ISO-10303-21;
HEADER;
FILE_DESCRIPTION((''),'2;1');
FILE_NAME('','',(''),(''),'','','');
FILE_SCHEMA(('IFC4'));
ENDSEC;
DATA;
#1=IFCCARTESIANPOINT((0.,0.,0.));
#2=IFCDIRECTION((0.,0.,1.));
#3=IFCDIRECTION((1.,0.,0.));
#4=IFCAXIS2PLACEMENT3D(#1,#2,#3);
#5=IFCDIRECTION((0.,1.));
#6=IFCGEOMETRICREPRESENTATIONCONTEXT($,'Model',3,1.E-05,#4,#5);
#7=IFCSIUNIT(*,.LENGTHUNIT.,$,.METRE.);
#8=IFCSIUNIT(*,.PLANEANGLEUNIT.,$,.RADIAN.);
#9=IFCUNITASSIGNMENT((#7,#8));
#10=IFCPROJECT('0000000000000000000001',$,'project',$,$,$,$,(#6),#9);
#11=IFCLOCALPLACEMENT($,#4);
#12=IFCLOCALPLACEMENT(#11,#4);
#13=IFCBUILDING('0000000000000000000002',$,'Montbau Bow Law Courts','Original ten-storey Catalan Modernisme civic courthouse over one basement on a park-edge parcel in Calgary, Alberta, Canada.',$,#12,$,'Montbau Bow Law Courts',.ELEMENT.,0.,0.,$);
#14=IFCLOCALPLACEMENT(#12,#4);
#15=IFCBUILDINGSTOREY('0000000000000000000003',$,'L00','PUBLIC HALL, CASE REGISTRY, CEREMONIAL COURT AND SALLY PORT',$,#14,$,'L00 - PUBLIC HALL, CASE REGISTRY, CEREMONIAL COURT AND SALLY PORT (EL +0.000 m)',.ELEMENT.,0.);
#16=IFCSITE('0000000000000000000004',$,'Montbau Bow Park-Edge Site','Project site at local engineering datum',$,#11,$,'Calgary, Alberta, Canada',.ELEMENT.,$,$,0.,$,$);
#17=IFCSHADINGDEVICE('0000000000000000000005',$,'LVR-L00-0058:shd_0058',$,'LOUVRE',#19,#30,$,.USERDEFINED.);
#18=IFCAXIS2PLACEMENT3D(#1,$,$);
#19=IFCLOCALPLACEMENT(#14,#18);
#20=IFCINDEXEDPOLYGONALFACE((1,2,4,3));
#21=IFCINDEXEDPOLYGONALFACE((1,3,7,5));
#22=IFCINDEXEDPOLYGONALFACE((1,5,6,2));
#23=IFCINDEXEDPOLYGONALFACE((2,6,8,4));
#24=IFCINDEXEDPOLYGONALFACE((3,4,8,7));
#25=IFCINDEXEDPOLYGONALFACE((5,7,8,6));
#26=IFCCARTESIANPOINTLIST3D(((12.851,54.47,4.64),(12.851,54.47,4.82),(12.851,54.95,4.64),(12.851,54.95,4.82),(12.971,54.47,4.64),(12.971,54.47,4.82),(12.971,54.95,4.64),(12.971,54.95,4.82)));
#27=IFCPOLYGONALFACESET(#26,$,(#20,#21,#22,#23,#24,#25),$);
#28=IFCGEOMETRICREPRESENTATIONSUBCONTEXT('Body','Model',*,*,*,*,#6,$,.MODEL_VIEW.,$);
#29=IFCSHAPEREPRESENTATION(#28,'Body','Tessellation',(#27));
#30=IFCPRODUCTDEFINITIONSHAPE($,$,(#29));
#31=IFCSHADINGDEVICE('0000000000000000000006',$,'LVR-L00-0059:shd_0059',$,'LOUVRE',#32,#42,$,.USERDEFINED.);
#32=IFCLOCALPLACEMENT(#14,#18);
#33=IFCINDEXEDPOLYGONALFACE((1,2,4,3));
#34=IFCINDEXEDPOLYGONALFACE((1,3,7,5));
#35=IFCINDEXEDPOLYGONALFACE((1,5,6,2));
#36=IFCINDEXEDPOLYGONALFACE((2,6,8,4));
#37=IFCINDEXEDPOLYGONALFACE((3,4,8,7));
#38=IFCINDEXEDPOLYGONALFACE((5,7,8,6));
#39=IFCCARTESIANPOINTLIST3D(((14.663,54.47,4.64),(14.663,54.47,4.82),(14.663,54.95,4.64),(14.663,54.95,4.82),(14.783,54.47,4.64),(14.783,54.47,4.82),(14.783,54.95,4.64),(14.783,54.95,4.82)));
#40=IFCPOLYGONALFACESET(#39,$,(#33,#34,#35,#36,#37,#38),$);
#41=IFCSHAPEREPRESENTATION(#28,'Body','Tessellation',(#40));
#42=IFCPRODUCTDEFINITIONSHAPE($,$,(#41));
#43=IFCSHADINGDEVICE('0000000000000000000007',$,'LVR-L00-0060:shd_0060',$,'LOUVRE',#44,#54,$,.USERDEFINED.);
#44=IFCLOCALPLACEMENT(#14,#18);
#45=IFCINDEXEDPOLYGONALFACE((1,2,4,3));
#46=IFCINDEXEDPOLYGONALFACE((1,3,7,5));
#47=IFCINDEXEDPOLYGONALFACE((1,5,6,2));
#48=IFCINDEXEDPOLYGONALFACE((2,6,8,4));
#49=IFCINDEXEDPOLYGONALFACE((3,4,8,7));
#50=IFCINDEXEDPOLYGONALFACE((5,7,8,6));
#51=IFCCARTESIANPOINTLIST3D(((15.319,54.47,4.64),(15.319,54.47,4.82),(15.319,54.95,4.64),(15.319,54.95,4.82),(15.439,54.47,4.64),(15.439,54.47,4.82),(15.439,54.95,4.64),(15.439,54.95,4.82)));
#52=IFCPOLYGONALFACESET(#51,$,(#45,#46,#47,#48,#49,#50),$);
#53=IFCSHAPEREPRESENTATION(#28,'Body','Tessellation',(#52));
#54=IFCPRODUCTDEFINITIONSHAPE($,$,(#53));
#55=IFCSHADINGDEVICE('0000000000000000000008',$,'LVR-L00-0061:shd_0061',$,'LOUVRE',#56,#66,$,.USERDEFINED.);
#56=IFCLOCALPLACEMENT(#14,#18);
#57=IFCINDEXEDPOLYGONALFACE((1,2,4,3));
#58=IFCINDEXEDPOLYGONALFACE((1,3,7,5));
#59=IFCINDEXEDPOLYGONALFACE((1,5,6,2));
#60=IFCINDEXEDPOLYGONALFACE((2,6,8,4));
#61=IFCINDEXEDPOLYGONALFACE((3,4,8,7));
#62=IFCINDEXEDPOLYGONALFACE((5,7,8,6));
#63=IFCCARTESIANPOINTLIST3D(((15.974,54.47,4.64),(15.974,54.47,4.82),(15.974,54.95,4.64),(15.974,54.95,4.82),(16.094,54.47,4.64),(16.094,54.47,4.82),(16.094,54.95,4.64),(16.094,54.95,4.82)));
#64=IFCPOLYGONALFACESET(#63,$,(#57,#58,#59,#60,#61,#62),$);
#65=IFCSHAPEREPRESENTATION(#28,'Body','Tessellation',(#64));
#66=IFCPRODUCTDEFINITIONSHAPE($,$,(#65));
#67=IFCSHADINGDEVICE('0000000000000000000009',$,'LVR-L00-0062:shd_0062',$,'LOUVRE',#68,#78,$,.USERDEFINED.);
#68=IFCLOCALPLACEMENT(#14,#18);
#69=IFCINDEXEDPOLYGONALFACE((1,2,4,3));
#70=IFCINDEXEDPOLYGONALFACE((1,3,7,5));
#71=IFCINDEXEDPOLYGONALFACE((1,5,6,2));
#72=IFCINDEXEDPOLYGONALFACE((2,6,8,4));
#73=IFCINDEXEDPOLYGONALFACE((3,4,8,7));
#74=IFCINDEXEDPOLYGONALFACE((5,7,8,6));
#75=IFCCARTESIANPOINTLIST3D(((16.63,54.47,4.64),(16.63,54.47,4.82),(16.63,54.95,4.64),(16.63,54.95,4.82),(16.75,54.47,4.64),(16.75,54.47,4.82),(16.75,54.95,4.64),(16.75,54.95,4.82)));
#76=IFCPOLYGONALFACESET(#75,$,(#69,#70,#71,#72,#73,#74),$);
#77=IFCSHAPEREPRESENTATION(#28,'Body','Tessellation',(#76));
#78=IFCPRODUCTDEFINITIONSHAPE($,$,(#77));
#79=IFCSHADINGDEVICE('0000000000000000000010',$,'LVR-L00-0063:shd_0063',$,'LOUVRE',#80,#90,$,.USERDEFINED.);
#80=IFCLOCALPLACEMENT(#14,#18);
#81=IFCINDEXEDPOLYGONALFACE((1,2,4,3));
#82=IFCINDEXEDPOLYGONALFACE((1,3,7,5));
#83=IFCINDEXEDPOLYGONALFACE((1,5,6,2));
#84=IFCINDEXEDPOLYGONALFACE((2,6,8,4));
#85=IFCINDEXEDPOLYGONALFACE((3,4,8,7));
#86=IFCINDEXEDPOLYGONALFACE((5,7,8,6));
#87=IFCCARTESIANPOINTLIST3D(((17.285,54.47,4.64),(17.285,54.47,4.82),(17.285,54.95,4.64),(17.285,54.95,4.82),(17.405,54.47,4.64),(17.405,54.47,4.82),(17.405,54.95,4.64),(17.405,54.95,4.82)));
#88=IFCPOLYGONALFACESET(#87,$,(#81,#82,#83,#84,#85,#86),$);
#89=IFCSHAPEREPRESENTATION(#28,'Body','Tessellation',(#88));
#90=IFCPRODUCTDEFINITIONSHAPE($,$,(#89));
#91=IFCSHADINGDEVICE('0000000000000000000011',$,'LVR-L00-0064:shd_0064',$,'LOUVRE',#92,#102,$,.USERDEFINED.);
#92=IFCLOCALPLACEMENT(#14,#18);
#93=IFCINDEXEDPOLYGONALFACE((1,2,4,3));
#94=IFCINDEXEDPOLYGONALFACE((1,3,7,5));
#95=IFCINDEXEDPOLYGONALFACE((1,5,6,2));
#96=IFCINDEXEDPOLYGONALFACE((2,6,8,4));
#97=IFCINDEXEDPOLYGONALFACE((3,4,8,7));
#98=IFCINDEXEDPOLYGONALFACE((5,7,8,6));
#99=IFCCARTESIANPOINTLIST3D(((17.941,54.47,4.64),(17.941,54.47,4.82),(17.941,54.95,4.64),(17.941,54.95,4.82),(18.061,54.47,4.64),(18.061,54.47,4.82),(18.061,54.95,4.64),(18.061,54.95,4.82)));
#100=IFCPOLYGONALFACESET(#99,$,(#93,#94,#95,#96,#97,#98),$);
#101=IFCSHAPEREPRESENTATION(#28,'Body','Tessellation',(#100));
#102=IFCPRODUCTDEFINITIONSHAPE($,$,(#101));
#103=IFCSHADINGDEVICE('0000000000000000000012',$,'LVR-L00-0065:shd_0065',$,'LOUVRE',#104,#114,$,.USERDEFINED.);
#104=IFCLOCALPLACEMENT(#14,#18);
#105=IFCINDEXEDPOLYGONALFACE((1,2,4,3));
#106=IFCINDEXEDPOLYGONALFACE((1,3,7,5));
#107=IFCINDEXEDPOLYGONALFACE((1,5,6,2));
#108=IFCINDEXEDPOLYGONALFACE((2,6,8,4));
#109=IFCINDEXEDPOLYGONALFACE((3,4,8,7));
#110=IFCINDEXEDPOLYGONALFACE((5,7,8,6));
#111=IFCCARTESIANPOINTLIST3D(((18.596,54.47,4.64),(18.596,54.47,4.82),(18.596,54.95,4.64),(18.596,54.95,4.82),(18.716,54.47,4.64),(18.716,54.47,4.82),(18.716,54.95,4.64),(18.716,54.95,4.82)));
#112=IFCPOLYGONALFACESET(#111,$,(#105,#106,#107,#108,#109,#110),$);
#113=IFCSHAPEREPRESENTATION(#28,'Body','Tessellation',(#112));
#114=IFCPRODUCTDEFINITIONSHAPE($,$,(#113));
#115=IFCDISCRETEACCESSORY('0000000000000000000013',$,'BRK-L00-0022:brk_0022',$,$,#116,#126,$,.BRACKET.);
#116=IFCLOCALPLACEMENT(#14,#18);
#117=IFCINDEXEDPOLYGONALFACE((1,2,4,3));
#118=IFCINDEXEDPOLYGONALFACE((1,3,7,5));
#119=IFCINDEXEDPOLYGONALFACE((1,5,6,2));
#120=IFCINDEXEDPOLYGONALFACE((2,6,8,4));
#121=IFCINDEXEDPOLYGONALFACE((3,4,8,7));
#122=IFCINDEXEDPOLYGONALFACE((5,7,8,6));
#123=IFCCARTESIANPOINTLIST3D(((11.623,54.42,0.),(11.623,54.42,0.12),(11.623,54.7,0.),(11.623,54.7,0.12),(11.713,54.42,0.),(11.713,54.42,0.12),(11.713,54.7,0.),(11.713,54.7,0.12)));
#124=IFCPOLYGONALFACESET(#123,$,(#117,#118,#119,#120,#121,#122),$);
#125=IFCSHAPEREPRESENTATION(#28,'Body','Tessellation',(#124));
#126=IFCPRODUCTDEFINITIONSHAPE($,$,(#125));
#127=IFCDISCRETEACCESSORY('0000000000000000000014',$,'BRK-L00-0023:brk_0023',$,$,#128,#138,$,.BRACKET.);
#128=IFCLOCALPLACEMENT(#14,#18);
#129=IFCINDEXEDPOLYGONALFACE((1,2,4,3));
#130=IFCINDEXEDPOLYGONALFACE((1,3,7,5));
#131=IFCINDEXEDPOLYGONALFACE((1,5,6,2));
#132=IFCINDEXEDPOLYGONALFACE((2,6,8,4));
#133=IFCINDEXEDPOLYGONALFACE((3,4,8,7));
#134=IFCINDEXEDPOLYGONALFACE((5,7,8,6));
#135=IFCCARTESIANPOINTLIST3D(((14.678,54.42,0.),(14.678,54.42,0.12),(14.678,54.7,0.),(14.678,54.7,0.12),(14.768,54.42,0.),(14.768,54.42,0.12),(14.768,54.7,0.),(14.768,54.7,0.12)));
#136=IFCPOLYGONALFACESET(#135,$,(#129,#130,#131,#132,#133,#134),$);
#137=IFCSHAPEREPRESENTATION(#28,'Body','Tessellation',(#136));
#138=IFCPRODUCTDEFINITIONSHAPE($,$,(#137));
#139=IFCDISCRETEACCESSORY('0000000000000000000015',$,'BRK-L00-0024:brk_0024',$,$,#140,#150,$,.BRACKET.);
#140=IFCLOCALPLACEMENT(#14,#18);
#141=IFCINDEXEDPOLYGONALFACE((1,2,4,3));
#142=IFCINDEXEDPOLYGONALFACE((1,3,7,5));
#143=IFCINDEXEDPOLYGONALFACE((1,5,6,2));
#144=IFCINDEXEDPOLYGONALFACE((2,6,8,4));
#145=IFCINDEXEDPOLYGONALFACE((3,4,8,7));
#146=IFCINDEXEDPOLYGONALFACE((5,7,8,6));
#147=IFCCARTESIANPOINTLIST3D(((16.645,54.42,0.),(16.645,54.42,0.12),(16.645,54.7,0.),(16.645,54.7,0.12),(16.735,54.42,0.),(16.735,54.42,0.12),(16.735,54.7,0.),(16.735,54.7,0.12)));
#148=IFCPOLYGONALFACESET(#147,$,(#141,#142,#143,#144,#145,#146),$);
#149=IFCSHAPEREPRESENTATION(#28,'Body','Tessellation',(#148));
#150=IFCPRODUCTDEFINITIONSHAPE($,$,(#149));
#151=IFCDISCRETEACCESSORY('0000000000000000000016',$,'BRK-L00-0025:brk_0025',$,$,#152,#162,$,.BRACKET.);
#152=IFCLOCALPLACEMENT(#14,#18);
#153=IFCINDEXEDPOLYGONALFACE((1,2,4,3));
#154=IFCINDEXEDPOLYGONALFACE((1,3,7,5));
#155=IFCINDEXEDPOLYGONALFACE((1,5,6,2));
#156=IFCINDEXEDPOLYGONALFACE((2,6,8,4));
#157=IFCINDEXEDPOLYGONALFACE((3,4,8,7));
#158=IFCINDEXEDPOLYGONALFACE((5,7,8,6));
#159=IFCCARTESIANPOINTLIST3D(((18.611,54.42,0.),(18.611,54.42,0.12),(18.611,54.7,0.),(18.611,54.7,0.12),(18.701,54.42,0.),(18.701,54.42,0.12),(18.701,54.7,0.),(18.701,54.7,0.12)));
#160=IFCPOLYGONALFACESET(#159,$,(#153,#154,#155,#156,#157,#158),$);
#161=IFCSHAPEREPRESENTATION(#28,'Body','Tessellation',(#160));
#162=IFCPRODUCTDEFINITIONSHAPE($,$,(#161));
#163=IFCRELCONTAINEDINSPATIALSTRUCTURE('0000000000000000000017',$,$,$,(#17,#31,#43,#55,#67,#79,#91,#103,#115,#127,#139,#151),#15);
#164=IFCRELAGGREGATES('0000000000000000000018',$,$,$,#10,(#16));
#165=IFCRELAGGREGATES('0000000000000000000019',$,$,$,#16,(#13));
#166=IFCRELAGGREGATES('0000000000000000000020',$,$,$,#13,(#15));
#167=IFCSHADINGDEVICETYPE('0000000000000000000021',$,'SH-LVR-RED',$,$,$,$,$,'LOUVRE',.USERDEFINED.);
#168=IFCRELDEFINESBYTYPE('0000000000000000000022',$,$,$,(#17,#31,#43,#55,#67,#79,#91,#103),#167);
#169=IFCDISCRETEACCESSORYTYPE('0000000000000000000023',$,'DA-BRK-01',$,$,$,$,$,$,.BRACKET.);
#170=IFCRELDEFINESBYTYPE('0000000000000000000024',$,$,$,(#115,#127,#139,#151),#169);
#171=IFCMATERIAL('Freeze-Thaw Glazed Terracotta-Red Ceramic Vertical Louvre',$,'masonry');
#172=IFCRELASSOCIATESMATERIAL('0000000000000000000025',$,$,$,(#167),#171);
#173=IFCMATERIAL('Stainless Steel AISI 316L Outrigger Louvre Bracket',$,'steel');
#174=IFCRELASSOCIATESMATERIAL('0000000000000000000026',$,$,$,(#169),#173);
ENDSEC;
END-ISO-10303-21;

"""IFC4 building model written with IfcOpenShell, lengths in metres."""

from ifc_helpers import new_model, si_unit, direction, frame, origin_with_axes, origin_2d_with_axis, place, context, subcontext, project, spatial, rectangle, extrude, material, type_object, element, save


model = new_model("IFC4")

# Units and contexts
model_context = context("Model", 3, precision=1e-05, world=origin_with_axes(), true_north=direction((0.0, 1.0)))
body_context = subcontext(model_context, "Body", "Model", "MODEL_VIEW")
ifc_project = project(units=[si_unit("LENGTHUNIT", "METRE"), si_unit("PLANEANGLEUNIT", "RADIAN")], contexts=[model_context])

# Site, building, storey
site_placement = place(None, origin_with_axes())
site = spatial("IfcSite", under=ifc_project, at=site_placement, Name="Montbau Bow Park-Edge Site", Description="Project site at local engineering datum", LongName="Calgary, Alberta, Canada", CompositionType="ELEMENT", RefElevation=0.0)
building_placement = place(site_placement, origin_with_axes())
building = spatial("IfcBuilding", under=site, at=building_placement, Name="Montbau Bow Law Courts", Description="Original ten-storey Catalan Modernisme civic courthouse over one basement on a park-edge parcel in Calgary, Alberta, Canada.", LongName="Montbau Bow Law Courts", CompositionType="ELEMENT", ElevationOfRefHeight=0.0, ElevationOfTerrain=0.0)
storey_placement = place(building_placement, origin_with_axes())
storey = spatial("IfcBuildingStorey", under=building, at=storey_placement, Name="L00", Description="PUBLIC HALL, CASE REGISTRY, CEREMONIAL COURT AND SALLY PORT", LongName="L00 - PUBLIC HALL, CASE REGISTRY, CEREMONIAL COURT AND SALLY PORT (EL +0.000 m)", CompositionType="ELEMENT", Elevation=0.0)

# Shared definitions
ifc_material_1 = material(Name="Freeze-Thaw Glazed Terracotta-Red Ceramic Vertical Louvre", Category="masonry")

# Shading devices
shading_device_type = type_object("IfcShadingDeviceType", Name="SH-LVR-RED", ElementType="LOUVRE", PredefinedType="USERDEFINED", material=ifc_material_1)
for number, where, z_axis, x_axis, name in (
    (1, (12.911, 54.71, 4.64), (0.0, 0.0, 1.0), (0.0, 1.0, 0.0), "LVR-L00-0058:shd_0058"),
    (2, (14.723, 54.71, 4.64), (0.0, 0.0, 1.0), (0.0, 1.0, 0.0), "LVR-L00-0059:shd_0059"),
    (3, (15.379, 54.71, 4.64), (0.0, 0.0, 1.0), (0.0, 1.0, 0.0), "LVR-L00-0060:shd_0060"),
    (4, (16.034, 54.71, 4.64), (0.0, 0.0, 1.0), (0.0, 1.0, 0.0), "LVR-L00-0061:shd_0061"),
    (5, (16.69, 54.71, 4.64), (0.0, 0.0, 1.0), (0.0, 1.0, 0.0), "LVR-L00-0062:shd_0062"),
    (6, (17.345, 54.71, 4.64), (0.0, 0.0, 1.0), (0.0, 1.0, 0.0), "LVR-L00-0063:shd_0063"),
    (7, (18.001, 54.71, 4.64), (0.0, 0.0, 1.0), (0.0, 1.0, 0.0), "LVR-L00-0064:shd_0064"),
    (8, (18.656, 54.71, 4.64), (0.0, 0.0, 1.0), (0.0, 1.0, 0.0), "LVR-L00-0065:shd_0065"),
):
    element("IfcShadingDevice", number, at=place(None, frame(where, z_axis=z_axis, x_axis=x_axis)), inside=storey, type_object=shading_device_type, Name=name, ObjectType="LOUVRE", PredefinedType="USERDEFINED", context=body_context, shape_type="SweptSolid", body=[
        extrude(rectangle(XDim=0.48, YDim=0.12, at=origin_2d_with_axis()), origin_with_axes(), (0.0, 0.0, 1.0), 0.18),
    ])

# Discrete accessories
ifc_material_2 = material(Name="Stainless Steel AISI 316L Outrigger Louvre Bracket", Category="steel")
discrete_accessory_type = type_object("IfcDiscreteAccessoryType", Name="DA-BRK-01", PredefinedType="BRACKET", material=ifc_material_2)
for number, where, z_axis, x_axis, name in (
    (9, (11.668, 54.56, 0.0), (0.0, 0.0, 1.0), (0.0, 1.0, 0.0), "BRK-L00-0022:brk_0022"),
    (10, (14.723, 54.56, 0.0), (0.0, 0.0, 1.0), (0.0, 1.0, 0.0), "BRK-L00-0023:brk_0023"),
    (11, (16.69, 54.56, 0.0), (0.0, 0.0, 1.0), (0.0, 1.0, 0.0), "BRK-L00-0024:brk_0024"),
    (12, (18.656, 54.56, 0.0), (0.0, 0.0, 1.0), (0.0, 1.0, 0.0), "BRK-L00-0025:brk_0025"),
):
    element("IfcDiscreteAccessory", number, at=place(None, frame(where, z_axis=z_axis, x_axis=x_axis)), inside=storey, type_object=discrete_accessory_type, Name=name, PredefinedType="BRACKET", context=body_context, shape_type="SweptSolid", body=[
        extrude(rectangle(XDim=0.28, YDim=0.09, at=origin_2d_with_axis()), origin_with_axes(), (0.0, 0.0, 1.0), 0.12),
    ])

save(model, "model.ifc")
